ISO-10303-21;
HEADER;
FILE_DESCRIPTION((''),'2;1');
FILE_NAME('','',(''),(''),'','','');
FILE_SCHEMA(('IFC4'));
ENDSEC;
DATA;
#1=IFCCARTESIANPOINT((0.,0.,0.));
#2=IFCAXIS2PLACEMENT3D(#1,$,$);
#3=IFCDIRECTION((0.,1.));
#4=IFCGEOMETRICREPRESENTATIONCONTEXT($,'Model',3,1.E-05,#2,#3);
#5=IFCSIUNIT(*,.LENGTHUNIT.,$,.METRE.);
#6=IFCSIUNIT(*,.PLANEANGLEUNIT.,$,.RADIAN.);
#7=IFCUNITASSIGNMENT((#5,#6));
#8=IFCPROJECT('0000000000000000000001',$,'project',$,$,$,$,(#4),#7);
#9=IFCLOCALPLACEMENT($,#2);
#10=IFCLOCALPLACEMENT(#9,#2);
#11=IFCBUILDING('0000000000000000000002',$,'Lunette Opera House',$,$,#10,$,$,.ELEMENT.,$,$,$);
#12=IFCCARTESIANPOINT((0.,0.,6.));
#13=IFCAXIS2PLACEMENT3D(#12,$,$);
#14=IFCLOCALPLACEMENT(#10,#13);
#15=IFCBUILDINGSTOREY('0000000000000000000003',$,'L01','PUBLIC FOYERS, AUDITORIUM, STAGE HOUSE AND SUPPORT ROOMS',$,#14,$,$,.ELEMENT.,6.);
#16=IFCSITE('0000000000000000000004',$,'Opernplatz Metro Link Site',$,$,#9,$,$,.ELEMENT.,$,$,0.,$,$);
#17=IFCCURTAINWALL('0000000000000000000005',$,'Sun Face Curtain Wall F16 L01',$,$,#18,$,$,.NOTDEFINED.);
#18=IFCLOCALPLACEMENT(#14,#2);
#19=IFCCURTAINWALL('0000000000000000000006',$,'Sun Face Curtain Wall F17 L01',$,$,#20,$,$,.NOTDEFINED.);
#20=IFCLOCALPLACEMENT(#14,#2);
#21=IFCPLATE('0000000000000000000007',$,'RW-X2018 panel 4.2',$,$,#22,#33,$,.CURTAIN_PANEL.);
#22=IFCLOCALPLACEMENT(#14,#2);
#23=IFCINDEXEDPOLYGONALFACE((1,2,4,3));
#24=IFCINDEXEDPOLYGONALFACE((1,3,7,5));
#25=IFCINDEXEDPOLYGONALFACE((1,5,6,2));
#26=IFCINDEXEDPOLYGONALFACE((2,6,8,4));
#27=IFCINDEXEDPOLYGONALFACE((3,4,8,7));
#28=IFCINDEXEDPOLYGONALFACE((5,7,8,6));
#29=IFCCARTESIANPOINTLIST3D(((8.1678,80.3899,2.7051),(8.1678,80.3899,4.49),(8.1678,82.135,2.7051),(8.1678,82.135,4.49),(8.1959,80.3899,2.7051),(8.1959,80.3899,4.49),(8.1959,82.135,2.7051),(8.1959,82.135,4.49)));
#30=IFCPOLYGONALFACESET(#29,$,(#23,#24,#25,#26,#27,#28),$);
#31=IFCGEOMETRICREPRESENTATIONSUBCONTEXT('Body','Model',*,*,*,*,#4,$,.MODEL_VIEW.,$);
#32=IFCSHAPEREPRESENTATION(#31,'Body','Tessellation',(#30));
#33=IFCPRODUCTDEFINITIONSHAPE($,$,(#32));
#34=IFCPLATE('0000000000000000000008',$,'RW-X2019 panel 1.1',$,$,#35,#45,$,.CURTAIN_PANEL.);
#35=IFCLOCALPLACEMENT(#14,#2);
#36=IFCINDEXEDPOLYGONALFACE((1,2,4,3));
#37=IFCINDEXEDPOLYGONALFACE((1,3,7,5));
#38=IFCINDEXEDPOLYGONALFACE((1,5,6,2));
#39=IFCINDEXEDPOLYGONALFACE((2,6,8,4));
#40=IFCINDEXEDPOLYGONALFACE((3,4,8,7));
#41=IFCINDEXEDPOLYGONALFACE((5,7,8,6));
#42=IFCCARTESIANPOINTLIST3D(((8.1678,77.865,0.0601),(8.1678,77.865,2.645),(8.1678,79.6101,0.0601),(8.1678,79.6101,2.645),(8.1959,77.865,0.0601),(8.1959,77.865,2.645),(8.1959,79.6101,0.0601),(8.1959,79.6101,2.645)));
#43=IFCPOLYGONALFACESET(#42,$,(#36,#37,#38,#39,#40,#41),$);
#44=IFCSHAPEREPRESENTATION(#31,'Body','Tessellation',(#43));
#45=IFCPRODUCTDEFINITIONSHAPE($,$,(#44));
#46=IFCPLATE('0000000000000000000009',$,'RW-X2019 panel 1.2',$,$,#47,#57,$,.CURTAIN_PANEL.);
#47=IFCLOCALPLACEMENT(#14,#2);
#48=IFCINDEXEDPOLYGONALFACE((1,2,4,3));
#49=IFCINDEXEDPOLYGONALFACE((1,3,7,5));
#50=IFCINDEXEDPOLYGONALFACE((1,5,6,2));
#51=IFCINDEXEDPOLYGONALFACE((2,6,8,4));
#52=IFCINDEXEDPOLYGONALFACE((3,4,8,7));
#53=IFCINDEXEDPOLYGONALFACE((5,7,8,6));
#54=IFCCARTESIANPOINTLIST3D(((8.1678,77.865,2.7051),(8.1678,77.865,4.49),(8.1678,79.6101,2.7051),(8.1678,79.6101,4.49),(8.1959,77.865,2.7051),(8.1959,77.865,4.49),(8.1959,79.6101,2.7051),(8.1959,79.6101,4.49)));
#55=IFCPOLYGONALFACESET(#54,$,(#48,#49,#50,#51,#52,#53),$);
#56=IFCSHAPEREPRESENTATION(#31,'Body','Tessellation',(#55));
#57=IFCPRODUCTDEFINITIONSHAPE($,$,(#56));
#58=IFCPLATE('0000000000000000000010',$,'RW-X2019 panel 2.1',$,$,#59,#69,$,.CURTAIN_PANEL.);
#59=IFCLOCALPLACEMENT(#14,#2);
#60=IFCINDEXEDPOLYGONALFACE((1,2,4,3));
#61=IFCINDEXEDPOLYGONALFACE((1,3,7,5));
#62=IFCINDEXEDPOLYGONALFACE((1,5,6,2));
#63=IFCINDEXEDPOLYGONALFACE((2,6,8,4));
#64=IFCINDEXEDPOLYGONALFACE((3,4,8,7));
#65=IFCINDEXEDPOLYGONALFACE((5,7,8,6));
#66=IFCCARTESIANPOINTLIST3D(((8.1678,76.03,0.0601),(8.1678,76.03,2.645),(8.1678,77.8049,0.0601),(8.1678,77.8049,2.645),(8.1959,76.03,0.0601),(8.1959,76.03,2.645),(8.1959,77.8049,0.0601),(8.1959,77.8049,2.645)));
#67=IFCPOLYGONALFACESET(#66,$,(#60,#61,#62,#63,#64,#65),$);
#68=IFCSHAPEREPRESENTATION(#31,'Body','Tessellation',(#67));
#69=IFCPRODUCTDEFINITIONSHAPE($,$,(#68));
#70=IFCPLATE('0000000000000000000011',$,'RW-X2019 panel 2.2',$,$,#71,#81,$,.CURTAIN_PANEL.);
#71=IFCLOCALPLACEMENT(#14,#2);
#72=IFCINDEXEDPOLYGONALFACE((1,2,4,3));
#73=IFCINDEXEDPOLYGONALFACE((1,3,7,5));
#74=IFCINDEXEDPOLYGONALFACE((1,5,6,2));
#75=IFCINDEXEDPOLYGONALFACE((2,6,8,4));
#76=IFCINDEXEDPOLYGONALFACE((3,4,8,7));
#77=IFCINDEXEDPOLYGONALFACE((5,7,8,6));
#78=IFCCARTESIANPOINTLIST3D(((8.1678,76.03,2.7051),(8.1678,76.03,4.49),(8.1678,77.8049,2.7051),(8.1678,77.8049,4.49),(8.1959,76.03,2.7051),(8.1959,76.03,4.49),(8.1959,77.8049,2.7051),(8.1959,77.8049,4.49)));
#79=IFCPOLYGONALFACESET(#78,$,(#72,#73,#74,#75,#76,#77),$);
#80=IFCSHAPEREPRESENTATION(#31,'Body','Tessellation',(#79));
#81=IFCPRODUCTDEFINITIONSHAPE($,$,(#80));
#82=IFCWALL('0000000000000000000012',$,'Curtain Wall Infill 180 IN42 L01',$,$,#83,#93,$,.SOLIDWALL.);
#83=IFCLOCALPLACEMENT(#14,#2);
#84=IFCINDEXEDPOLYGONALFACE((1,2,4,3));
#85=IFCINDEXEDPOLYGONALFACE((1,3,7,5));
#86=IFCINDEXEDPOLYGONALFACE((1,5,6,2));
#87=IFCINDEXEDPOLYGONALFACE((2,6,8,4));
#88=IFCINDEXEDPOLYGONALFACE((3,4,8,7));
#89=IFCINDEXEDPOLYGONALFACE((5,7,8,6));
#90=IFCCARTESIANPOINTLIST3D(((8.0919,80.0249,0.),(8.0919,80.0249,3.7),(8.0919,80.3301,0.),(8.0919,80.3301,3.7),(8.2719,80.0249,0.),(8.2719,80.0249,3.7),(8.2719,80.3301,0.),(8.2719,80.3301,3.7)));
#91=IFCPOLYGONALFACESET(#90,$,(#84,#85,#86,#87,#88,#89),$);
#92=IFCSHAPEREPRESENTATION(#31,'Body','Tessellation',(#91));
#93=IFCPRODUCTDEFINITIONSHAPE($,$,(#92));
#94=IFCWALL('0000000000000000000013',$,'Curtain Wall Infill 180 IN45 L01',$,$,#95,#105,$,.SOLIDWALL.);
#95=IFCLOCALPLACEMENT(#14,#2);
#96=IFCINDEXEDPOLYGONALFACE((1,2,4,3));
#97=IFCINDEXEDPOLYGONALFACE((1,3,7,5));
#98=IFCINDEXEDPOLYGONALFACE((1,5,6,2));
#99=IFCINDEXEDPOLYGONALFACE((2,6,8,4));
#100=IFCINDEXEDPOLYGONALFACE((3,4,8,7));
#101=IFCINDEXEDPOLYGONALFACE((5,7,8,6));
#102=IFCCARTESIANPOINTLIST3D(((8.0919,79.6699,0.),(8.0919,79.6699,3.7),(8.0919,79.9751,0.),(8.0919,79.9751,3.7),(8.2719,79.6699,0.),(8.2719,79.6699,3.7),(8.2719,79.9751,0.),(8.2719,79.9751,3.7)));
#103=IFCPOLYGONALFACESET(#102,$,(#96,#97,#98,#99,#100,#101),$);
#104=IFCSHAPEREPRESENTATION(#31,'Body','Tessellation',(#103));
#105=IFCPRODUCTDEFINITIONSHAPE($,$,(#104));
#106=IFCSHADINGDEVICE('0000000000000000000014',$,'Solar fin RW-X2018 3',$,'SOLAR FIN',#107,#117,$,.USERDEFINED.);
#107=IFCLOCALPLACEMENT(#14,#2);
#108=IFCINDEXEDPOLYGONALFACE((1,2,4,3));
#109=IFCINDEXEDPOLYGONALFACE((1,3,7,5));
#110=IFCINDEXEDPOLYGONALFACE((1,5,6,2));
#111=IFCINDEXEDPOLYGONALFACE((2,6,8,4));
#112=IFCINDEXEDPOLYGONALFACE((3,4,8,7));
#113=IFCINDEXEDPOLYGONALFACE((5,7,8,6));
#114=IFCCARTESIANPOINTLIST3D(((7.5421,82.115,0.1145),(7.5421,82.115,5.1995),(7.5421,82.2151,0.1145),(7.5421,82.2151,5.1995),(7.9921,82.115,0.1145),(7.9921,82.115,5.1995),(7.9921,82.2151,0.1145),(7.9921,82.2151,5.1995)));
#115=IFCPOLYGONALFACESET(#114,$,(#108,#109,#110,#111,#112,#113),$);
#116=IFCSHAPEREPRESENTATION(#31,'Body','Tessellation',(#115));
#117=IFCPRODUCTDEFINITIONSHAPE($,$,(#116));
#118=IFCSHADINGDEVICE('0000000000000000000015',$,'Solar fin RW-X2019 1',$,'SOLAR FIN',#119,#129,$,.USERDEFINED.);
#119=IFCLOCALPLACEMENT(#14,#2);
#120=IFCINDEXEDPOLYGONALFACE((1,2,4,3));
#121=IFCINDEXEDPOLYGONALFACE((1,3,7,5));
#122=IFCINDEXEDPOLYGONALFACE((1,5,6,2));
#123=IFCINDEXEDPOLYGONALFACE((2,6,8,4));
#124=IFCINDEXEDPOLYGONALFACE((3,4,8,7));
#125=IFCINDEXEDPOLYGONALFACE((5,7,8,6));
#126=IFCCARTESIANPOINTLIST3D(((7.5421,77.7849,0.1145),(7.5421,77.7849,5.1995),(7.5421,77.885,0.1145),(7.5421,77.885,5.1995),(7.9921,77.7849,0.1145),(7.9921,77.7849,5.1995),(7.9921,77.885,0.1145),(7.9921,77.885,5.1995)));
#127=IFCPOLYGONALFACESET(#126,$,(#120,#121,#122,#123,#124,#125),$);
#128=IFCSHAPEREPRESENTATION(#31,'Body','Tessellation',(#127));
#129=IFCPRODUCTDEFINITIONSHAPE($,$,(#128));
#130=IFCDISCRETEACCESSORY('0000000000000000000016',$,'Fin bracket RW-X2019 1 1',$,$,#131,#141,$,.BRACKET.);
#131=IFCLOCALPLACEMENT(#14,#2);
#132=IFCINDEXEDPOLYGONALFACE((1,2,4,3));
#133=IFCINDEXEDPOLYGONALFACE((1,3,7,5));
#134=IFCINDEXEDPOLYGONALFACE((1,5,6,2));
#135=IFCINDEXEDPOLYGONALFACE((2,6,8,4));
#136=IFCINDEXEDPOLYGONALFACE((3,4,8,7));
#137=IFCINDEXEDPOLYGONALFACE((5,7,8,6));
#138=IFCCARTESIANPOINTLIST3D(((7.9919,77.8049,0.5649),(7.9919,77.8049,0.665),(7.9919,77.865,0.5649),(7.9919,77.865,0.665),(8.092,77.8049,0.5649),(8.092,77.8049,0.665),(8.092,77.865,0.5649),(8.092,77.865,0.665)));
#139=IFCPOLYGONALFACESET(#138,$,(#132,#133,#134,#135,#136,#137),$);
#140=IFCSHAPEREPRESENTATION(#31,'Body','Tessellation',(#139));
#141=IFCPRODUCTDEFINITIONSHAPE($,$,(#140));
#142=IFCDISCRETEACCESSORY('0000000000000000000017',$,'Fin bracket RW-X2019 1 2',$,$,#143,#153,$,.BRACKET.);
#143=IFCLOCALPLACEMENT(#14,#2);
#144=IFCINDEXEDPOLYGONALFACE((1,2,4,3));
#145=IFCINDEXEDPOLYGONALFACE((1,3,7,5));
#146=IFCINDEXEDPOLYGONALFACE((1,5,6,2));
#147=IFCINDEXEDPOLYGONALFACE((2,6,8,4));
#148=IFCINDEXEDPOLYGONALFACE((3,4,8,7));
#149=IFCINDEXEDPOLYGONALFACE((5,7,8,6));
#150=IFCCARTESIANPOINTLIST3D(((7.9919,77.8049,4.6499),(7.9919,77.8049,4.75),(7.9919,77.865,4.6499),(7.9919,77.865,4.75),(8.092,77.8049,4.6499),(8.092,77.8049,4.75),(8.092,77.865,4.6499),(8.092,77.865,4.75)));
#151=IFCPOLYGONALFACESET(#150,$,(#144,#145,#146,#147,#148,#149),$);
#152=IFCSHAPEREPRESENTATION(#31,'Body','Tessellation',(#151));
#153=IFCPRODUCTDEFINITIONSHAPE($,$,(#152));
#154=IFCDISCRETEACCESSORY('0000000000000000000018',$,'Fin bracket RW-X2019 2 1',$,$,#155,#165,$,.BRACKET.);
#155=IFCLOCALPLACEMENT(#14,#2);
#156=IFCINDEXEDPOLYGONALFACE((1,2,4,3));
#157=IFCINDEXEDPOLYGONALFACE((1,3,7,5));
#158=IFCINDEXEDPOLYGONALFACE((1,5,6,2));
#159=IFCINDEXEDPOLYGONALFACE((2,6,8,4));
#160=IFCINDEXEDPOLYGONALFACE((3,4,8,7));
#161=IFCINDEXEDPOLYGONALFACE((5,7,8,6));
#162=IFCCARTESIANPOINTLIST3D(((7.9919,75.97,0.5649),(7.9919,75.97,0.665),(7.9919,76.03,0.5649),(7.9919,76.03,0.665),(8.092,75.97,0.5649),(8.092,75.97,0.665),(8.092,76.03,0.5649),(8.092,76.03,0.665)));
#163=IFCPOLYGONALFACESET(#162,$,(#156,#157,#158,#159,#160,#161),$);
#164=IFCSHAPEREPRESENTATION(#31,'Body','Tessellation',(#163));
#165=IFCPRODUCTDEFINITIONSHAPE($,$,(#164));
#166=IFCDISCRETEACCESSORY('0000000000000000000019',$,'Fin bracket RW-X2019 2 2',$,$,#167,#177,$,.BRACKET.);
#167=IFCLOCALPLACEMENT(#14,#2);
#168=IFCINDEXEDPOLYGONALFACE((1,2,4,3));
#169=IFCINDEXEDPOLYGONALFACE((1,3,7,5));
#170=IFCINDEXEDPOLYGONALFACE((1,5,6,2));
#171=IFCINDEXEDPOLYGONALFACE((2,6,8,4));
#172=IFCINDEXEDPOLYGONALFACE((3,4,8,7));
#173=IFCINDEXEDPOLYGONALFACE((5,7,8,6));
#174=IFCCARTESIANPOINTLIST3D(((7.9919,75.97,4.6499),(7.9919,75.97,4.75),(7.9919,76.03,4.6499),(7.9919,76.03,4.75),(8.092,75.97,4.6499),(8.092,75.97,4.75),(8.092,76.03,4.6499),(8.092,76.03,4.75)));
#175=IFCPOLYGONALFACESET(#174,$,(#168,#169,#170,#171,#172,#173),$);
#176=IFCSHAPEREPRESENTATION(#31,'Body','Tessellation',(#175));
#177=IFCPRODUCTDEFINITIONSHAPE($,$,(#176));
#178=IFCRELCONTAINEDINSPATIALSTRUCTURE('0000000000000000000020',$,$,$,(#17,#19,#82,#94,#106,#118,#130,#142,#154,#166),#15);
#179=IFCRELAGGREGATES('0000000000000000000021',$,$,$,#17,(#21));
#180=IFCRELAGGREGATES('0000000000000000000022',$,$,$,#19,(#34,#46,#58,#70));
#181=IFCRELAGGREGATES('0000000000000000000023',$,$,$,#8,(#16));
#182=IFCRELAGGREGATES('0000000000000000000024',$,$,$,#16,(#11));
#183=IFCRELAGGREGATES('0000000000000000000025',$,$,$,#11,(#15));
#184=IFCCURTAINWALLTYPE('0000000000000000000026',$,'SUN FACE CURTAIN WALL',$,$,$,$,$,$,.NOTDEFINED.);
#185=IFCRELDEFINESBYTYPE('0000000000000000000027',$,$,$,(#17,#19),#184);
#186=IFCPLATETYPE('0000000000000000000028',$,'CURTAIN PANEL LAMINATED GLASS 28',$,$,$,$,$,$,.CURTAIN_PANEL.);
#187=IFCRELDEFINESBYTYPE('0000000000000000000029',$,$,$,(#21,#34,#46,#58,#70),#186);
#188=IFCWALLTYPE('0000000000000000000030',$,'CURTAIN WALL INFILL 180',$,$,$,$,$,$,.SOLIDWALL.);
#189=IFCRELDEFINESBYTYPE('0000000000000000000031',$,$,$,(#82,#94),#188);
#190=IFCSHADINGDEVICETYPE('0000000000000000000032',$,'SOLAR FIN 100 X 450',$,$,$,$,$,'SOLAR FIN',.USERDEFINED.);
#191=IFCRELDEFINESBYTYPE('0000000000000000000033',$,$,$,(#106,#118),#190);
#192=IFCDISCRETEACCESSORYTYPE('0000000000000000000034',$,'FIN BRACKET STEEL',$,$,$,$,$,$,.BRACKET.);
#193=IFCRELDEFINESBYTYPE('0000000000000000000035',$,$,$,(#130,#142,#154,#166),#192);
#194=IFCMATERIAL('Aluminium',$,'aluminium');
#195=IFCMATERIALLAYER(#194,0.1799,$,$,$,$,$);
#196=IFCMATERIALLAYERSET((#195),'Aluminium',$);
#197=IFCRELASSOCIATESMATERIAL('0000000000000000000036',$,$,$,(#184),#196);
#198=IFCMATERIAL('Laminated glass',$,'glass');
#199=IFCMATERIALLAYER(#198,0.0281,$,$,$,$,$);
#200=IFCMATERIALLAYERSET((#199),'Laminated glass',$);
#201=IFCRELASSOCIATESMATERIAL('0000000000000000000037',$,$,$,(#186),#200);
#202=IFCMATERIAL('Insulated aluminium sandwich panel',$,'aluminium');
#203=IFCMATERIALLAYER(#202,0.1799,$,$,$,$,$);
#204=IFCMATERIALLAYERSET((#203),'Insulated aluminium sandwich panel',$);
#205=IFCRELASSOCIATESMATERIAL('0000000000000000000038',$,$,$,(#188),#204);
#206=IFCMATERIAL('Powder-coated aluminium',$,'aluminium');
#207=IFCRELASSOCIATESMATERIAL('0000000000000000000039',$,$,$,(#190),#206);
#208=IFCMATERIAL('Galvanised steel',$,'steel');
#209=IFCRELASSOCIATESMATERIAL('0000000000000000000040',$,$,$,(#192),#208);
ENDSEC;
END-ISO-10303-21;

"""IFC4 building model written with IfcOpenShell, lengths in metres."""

from ifc_helpers import new_model, si_unit, direction, frame, frame_2d, origin, origin_2d, place, context, subcontext, project, spatial, rectangle, extrude, material, layer, layer_set, type_object, element, aggregate, save


model = new_model("IFC4")

# Units and contexts
model_context = context("Model", 3, precision=1e-05, world=origin(), true_north=direction((0.0, 1.0)))
body_context = subcontext(model_context, "Body", "Model", "MODEL_VIEW")
ifc_project = project(units=[si_unit("LENGTHUNIT", "METRE"), si_unit("PLANEANGLEUNIT", "RADIAN")], contexts=[model_context])

# Site, building, storey
site_placement = place(None, origin())
site = spatial("IfcSite", under=ifc_project, at=site_placement, Name="Opernplatz Metro Link Site", CompositionType="ELEMENT", RefElevation=0.0)
building_placement = place(site_placement, origin())
building = spatial("IfcBuilding", under=site, at=building_placement, Name="Lunette Opera House", CompositionType="ELEMENT")
storey_placement = place(building_placement, frame((0.0, 0.0, 6.0)))
storey = spatial("IfcBuildingStorey", under=building, at=storey_placement, Name="L01", Description="PUBLIC FOYERS, AUDITORIUM, STAGE HOUSE AND SUPPORT ROOMS", CompositionType="ELEMENT", Elevation=6.0)

# Curtain wall
ifc_material_1 = material(Name="Aluminium", Category="aluminium")
ifc_layer_1 = layer(ifc_material_1, 0.1799)
ifc_layer_set_1 = layer_set([ifc_layer_1], Name="Aluminium")
curtain_wall_type = type_object("IfcCurtainWallType", Name="SUN FACE CURTAIN WALL", PredefinedType="NOTDEFINED", material=ifc_layer_set_1)
curtain_wall_1_placement = place(storey_placement, origin())
curtain_wall_1 = element("IfcCurtainWall", 1, at=curtain_wall_1_placement, inside=storey, type_object=curtain_wall_type, Name="Sun Face Curtain Wall F16 L01", PredefinedType="NOTDEFINED")

# Curtain wall
curtain_wall_2_placement = place(storey_placement, origin())
curtain_wall_2 = element("IfcCurtainWall", 2, at=curtain_wall_2_placement, inside=storey, type_object=curtain_wall_type, Name="Sun Face Curtain Wall F17 L01", PredefinedType="NOTDEFINED")

# Plates
ifc_material_2 = material(Name="Laminated glass", Category="glass")
ifc_layer_2 = layer(ifc_material_2, 0.0281)
ifc_layer_set_2 = layer_set([ifc_layer_2], Name="Laminated glass")
plate_type = type_object("IfcPlateType", Name="CURTAIN PANEL LAMINATED GLASS 28", PredefinedType="CURTAIN_PANEL", material=ifc_layer_set_2)
plate_1_placement = place(storey_placement, frame((8.1819, 81.2625, 2.7051), z_axis=(0.0, 0.0, 1.0), x_axis=(0.0, -1.0, 0.0)))
plate_1 = element("IfcPlate", 3, at=plate_1_placement, type_object=plate_type, Name="RW-X2018 panel 4.2", PredefinedType="CURTAIN_PANEL", context=body_context, shape_type="SweptSolid", body=[
    extrude(rectangle(XDim=1.7451, YDim=0.0281, at=origin_2d()), origin(), (0.0, 0.0, 1.0), 1.7849),
])
aggregate(curtain_wall_1, [plate_1])
plate_2_placement = place(storey_placement, frame((8.1819, 78.7375, 0.0601), z_axis=(0.0, 0.0, 1.0), x_axis=(0.0, -1.0, 0.0)))
plate_2 = element("IfcPlate", 4, at=plate_2_placement, type_object=plate_type, Name="RW-X2019 panel 1.1", PredefinedType="CURTAIN_PANEL", context=body_context, shape_type="SweptSolid", body=[
    extrude(rectangle(XDim=1.7451, YDim=0.0281, at=origin_2d()), origin(), (0.0, 0.0, 1.0), 2.585),
])
plate_3_placement = place(storey_placement, frame((8.1819, 78.7375, 2.7051), z_axis=(0.0, 0.0, 1.0), x_axis=(0.0, -1.0, 0.0)))
plate_3 = element("IfcPlate", 5, at=plate_3_placement, type_object=plate_type, Name="RW-X2019 panel 1.2", PredefinedType="CURTAIN_PANEL", context=body_context, shape_type="SweptSolid", body=[
    extrude(rectangle(XDim=1.7451, YDim=0.0281, at=origin_2d()), origin(), (0.0, 0.0, 1.0), 1.7849),
])
plate_4_placement = place(storey_placement, frame((8.1819, 76.9175, 0.0601), z_axis=(0.0, 0.0, 1.0), x_axis=(0.0, -1.0, 0.0)))
plate_4 = element("IfcPlate", 6, at=plate_4_placement, type_object=plate_type, Name="RW-X2019 panel 2.1", PredefinedType="CURTAIN_PANEL", context=body_context, shape_type="SweptSolid", body=[
    extrude(rectangle(XDim=1.7749, YDim=0.0281, at=origin_2d()), origin(), (0.0, 0.0, 1.0), 2.585),
])
plate_5_placement = place(storey_placement, frame((8.1819, 76.9175, 2.7051), z_axis=(0.0, 0.0, 1.0), x_axis=(0.0, -1.0, 0.0)))
plate_5 = element("IfcPlate", 7, at=plate_5_placement, type_object=plate_type, Name="RW-X2019 panel 2.2", PredefinedType="CURTAIN_PANEL", context=body_context, shape_type="SweptSolid", body=[
    extrude(rectangle(XDim=1.7749, YDim=0.0281, at=origin_2d()), origin(), (0.0, 0.0, 1.0), 1.7849),
])
aggregate(curtain_wall_2, [plate_2, plate_3, plate_4, plate_5])

# Walls
ifc_material_3 = material(Name="Insulated aluminium sandwich panel", Category="aluminium")
ifc_layer_3 = layer(ifc_material_3, 0.1799)
ifc_layer_set_3 = layer_set([ifc_layer_3], Name="Insulated aluminium sandwich panel")
wall_type = type_object("IfcWallType", Name="CURTAIN WALL INFILL 180", PredefinedType="SOLIDWALL", material=ifc_layer_set_3)
for number, where, z_axis, x_axis, name in (
    (8, (8.1819, 80.3301, 0.0), (0.0, 0.0, 1.0), (0.0, -1.0, 0.0), "Curtain Wall Infill 180 IN42 L01"),
    (9, (8.1819, 79.6699, 0.0), (0.0, 0.0, 1.0), (0.0, 1.0, 0.0), "Curtain Wall Infill 180 IN45 L01"),
):
    element("IfcWall", number, at=place(storey_placement, frame(where, z_axis=z_axis, x_axis=x_axis)), inside=storey, type_object=wall_type, Name=name, PredefinedType="SOLIDWALL", context=body_context, shape_type="SweptSolid", body=[
        extrude(rectangle(XDim=0.3052, YDim=0.1799, at=frame_2d((0.1526, 0.0))), origin(), (0.0, 0.0, 1.0), 3.7),
    ])

# Shading devices
ifc_material_4 = material(Name="Powder-coated aluminium", Category="aluminium")
shading_device_type = type_object("IfcShadingDeviceType", Name="SOLAR FIN 100 X 450", ElementType="SOLAR FIN", PredefinedType="USERDEFINED", material=ifc_material_4)
for number, where, z_axis, x_axis, name in (
    (10, (7.7671, 82.165, 0.1145), (0.0, 0.0, 1.0), (-1.0, 0.0, 0.0), "Solar fin RW-X2018 3"),
    (11, (7.7671, 77.835, 0.1145), (0.0, 0.0, 1.0), (-1.0, 0.0, 0.0), "Solar fin RW-X2019 1"),
):
    element("IfcShadingDevice", number, at=place(storey_placement, frame(where, z_axis=z_axis, x_axis=x_axis)), inside=storey, type_object=shading_device_type, Name=name, ObjectType="SOLAR FIN", PredefinedType="USERDEFINED", context=body_context, shape_type="SweptSolid", body=[
        extrude(rectangle(XDim=0.45, YDim=0.1001, at=origin_2d()), origin(), (0.0, 0.0, 1.0), 5.085),
    ])

# Discrete accessories
ifc_material_5 = material(Name="Galvanised steel", Category="steel")
discrete_accessory_type = type_object("IfcDiscreteAccessoryType", Name="FIN BRACKET STEEL", PredefinedType="BRACKET", material=ifc_material_5)
for number, where, z_axis, x_axis, name in (
    (12, (8.042, 77.835, 0.5649), (0.0, 0.0, 1.0), (-1.0, 0.0, 0.0), "Fin bracket RW-X2019 1 1"),
    (13, (8.042, 77.835, 4.6499), (0.0, 0.0, 1.0), (-1.0, 0.0, 0.0), "Fin bracket RW-X2019 1 2"),
    (14, (8.042, 76.0, 0.5649), (0.0, 0.0, 1.0), (-1.0, 0.0, 0.0), "Fin bracket RW-X2019 2 1"),
    (15, (8.042, 76.0, 4.6499), (0.0, 0.0, 1.0), (-1.0, 0.0, 0.0), "Fin bracket RW-X2019 2 2"),
):
    element("IfcDiscreteAccessory", number, at=place(storey_placement, frame(where, z_axis=z_axis, x_axis=x_axis)), inside=storey, type_object=discrete_accessory_type, Name=name, PredefinedType="BRACKET", context=body_context, shape_type="SweptSolid", body=[
        extrude(rectangle(XDim=0.1001, YDim=0.0601, at=origin_2d()), origin(), (0.0, 0.0, 1.0), 0.1001),
    ])

save(model, "model.ifc")
